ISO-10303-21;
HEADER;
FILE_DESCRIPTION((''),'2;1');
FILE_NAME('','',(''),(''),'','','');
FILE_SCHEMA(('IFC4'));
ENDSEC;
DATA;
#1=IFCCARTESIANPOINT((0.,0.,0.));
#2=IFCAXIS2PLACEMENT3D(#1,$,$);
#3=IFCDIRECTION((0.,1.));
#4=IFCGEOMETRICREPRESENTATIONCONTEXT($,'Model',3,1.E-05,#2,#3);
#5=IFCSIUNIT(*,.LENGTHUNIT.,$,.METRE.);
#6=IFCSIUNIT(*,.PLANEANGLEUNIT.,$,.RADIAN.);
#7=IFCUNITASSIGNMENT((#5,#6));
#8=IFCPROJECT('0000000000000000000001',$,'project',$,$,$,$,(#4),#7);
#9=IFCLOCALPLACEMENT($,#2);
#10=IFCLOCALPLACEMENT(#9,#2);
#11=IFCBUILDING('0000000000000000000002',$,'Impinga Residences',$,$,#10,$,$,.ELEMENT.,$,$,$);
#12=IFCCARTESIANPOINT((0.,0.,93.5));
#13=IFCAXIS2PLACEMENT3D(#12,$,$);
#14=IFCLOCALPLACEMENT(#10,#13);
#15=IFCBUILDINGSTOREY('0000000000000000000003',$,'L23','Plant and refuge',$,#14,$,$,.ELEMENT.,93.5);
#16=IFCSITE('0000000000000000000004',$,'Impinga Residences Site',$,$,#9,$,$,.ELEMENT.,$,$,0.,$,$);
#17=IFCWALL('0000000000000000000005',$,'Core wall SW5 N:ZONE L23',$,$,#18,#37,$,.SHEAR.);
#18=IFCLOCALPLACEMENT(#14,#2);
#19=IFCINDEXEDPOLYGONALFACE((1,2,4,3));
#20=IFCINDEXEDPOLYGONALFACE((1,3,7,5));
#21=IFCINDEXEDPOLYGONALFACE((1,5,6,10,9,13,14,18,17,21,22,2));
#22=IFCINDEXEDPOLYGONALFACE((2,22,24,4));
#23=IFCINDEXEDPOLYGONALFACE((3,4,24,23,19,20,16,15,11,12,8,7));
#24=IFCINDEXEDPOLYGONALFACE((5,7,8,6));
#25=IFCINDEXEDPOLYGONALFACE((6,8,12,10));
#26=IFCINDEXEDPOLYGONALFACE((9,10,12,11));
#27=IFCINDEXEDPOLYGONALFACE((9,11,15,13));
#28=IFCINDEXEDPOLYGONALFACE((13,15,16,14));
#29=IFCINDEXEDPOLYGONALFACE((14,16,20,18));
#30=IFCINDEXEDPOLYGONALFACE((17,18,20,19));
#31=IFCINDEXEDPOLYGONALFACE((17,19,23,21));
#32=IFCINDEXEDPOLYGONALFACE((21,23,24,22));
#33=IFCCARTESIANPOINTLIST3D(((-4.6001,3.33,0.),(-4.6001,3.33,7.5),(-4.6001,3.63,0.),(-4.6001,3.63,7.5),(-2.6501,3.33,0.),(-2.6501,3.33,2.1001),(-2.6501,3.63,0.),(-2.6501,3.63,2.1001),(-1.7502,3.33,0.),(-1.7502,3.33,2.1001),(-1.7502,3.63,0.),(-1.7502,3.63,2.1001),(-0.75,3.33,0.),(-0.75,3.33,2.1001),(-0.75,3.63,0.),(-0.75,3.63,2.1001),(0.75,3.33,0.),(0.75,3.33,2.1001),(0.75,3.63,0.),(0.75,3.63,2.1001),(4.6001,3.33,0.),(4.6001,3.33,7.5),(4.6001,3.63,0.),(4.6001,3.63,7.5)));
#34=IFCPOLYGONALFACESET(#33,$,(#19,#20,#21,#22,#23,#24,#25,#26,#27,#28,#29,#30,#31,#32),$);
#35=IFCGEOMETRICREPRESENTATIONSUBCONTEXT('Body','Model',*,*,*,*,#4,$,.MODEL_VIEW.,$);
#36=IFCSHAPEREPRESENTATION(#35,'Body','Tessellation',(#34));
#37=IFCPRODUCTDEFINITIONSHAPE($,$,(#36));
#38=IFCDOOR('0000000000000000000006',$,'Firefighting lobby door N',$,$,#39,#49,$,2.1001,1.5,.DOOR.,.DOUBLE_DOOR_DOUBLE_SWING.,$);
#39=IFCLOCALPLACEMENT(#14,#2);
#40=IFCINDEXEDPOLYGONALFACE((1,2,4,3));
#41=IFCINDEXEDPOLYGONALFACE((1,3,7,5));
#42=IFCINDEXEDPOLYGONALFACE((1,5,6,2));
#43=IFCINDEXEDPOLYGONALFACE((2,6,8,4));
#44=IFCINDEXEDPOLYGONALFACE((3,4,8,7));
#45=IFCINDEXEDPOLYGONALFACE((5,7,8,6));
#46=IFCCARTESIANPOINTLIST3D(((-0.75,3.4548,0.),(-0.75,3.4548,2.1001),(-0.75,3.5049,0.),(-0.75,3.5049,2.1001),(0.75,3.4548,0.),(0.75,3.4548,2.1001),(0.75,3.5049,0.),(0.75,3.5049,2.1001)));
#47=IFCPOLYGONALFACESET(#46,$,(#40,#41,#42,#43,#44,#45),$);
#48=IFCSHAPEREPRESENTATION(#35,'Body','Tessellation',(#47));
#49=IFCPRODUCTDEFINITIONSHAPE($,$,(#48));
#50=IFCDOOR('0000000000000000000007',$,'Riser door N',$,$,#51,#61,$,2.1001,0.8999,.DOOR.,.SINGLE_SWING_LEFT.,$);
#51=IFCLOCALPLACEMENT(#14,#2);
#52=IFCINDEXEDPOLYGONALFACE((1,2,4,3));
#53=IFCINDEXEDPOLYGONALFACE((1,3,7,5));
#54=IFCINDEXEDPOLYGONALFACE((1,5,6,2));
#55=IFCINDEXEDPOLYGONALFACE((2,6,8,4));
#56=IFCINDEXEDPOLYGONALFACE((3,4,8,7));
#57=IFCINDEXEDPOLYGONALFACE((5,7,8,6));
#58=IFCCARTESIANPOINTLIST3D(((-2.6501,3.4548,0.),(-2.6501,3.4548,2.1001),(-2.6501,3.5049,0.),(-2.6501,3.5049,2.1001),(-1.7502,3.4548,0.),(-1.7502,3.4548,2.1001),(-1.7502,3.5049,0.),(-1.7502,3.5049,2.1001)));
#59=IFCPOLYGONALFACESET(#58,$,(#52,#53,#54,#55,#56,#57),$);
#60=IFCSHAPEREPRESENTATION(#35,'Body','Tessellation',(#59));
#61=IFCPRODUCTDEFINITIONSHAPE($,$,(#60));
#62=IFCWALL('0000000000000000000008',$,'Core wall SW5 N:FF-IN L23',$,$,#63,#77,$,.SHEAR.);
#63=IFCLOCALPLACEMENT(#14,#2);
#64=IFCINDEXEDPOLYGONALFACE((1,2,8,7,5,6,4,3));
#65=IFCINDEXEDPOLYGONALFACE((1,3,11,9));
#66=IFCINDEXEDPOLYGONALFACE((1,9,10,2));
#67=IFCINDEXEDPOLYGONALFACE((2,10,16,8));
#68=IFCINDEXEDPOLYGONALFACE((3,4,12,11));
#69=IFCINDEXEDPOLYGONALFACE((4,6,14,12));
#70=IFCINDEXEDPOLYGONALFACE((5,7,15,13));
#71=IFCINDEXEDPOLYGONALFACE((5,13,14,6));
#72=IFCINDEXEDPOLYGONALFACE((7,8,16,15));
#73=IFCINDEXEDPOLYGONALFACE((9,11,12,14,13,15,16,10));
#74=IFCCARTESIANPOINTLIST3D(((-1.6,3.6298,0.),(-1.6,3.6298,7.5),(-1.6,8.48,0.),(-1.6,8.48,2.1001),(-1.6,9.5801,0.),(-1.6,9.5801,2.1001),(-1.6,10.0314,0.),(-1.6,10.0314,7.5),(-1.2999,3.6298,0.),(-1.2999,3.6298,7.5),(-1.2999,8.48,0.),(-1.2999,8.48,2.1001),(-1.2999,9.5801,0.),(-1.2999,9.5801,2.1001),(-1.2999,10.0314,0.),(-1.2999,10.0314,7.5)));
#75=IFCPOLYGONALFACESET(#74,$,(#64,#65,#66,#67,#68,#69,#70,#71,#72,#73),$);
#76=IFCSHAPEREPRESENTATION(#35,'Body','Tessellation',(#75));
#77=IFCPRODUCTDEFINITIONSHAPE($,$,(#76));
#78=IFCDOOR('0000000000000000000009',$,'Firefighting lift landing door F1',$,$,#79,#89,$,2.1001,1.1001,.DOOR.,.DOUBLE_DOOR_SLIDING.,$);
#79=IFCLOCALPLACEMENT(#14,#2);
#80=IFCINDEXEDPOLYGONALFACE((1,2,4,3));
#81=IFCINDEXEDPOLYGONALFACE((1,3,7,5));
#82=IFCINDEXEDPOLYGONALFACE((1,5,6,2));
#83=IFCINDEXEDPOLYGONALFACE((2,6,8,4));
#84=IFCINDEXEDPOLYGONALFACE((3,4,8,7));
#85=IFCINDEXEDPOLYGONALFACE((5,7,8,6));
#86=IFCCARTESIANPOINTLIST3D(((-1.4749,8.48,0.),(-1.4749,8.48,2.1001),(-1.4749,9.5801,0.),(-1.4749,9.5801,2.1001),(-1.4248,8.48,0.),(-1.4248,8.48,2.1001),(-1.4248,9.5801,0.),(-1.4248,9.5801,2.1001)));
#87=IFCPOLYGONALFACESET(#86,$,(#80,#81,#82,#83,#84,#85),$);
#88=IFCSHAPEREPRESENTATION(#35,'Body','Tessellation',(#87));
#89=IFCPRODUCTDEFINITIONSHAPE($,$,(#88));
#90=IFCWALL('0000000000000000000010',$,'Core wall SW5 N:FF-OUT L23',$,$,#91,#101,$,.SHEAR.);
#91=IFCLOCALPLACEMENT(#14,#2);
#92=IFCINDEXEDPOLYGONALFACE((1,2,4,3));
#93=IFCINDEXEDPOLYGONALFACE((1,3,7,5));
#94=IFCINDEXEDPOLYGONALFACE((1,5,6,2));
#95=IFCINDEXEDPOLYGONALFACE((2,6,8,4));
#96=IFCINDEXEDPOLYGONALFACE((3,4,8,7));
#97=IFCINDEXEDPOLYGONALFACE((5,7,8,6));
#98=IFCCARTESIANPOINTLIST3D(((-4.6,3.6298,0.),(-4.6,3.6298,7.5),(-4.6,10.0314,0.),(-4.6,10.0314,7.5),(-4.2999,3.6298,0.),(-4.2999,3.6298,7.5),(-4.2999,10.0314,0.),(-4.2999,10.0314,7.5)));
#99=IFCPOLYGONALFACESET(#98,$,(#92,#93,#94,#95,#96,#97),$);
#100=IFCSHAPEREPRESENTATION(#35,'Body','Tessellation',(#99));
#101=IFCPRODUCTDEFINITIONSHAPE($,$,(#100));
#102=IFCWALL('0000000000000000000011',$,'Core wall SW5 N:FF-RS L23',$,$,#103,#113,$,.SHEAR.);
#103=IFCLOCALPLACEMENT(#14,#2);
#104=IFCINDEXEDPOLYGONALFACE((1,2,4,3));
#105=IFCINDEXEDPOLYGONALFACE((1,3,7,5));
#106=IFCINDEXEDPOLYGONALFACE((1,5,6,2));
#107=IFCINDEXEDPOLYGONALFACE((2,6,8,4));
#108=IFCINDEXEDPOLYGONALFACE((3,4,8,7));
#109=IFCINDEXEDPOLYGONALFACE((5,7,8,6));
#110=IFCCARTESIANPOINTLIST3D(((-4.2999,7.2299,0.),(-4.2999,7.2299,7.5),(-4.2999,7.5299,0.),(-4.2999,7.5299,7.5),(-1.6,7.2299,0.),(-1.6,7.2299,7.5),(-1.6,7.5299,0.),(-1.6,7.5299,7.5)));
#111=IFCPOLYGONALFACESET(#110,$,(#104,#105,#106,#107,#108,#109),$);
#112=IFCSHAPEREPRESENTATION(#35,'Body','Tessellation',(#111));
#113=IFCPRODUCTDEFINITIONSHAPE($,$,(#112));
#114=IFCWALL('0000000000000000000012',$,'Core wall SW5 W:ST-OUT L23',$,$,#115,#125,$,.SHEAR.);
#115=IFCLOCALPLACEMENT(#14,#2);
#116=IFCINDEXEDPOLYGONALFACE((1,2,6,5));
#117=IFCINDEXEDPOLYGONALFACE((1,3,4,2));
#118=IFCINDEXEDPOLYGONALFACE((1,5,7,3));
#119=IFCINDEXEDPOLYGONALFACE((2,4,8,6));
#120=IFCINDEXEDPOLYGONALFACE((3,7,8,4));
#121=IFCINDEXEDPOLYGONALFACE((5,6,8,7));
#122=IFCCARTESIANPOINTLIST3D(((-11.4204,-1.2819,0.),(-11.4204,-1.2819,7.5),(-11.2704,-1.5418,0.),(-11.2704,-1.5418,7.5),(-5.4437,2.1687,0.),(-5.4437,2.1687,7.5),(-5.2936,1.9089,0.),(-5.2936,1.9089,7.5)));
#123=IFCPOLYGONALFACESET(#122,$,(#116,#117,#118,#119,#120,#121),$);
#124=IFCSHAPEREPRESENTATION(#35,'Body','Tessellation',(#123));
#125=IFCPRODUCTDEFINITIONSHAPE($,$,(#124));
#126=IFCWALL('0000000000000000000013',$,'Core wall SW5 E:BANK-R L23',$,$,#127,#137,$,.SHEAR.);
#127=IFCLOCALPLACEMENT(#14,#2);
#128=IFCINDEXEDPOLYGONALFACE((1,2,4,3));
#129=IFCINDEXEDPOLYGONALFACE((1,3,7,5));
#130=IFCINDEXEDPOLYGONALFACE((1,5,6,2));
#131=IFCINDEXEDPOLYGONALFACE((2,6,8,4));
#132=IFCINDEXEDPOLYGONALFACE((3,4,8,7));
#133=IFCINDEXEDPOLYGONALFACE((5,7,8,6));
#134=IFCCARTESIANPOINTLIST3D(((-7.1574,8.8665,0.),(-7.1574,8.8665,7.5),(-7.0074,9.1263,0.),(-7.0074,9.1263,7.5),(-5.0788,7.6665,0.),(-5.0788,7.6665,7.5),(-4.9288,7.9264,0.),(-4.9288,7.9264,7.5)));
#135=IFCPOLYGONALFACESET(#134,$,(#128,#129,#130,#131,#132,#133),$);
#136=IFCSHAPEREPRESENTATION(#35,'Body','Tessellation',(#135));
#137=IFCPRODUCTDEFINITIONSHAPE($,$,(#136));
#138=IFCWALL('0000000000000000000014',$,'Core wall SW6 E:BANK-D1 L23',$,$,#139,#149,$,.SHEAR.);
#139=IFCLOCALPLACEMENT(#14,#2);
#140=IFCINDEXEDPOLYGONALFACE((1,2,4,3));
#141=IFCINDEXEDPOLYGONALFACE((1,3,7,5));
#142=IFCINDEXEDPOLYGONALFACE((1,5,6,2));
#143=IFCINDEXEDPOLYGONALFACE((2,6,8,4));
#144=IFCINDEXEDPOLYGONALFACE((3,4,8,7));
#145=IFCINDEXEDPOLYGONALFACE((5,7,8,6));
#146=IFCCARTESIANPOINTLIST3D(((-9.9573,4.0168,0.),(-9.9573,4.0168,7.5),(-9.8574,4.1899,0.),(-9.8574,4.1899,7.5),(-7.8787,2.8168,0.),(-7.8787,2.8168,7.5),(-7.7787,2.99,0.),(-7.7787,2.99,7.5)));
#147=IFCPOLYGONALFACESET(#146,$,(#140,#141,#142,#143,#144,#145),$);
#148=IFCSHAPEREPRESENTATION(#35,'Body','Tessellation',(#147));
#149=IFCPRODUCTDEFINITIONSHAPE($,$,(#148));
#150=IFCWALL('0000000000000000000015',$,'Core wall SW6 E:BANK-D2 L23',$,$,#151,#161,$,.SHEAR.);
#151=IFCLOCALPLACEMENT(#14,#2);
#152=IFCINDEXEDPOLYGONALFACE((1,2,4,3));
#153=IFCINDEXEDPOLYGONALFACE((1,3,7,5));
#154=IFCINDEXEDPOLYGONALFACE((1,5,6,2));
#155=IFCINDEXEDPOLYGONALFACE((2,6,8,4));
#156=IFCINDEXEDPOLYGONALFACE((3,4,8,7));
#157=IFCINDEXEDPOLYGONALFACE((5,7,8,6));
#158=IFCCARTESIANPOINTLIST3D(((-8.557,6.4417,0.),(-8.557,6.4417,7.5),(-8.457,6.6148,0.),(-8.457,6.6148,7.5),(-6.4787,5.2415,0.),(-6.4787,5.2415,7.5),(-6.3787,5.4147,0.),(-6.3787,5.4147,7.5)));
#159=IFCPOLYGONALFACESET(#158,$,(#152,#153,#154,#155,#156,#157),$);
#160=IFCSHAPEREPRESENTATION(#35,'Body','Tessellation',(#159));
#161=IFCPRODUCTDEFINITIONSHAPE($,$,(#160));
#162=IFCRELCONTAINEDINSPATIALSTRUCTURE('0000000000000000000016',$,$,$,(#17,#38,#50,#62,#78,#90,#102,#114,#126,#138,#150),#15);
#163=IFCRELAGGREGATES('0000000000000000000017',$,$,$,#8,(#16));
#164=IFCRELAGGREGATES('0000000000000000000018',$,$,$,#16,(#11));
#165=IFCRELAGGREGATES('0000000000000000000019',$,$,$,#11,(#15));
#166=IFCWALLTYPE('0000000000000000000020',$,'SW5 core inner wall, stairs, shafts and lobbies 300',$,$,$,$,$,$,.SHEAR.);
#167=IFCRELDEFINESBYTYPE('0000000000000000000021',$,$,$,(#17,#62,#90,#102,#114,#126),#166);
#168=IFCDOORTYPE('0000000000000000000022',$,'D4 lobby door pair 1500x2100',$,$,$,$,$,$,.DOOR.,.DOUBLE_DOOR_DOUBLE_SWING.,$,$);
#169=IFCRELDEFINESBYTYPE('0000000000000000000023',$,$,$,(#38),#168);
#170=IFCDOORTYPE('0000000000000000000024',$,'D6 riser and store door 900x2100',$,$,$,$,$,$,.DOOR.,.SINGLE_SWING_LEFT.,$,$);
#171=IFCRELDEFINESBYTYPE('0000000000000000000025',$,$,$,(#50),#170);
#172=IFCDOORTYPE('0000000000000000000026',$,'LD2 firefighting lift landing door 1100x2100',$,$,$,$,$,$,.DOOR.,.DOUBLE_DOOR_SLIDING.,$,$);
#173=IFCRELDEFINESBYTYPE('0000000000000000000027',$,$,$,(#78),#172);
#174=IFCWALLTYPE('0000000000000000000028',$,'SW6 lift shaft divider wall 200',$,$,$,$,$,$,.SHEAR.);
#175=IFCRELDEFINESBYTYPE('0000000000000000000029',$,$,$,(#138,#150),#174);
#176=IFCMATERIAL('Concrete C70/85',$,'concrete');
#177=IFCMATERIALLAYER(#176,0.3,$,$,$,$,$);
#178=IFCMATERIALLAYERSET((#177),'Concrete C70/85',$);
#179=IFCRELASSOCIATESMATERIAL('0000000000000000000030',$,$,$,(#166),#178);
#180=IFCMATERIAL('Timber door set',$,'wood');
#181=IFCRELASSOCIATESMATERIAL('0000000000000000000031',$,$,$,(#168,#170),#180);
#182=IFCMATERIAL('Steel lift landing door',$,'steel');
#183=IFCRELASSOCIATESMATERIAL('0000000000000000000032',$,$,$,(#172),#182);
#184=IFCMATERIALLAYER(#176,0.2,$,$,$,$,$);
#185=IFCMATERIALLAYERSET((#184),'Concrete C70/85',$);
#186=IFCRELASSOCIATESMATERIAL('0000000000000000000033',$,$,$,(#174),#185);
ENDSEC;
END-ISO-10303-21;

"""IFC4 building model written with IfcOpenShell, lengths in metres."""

from ifc_helpers import new_model, si_unit, direction, frame, frame_2d, origin, place, context, subcontext, project, spatial, rectangle, extrude, material, layer, layer_set, type_object, element, fill, save


model = new_model("IFC4")

# Units and contexts
model_context = context("Model", 3, precision=1e-05, world=origin(), true_north=direction((0.0, 1.0)))
body_context = subcontext(model_context, "Body", "Model", "MODEL_VIEW")
ifc_project = project(units=[si_unit("LENGTHUNIT", "METRE"), si_unit("PLANEANGLEUNIT", "RADIAN")], contexts=[model_context])

# Site, building, storey
site_placement = place(None, origin())
site = spatial("IfcSite", under=ifc_project, at=site_placement, Name="Impinga Residences Site", CompositionType="ELEMENT", RefElevation=0.0)
building_placement = place(site_placement, origin())
building = spatial("IfcBuilding", under=site, at=building_placement, Name="Impinga Residences", CompositionType="ELEMENT")
storey_placement = place(building_placement, frame((0.0, 0.0, 93.5)))
storey = spatial("IfcBuildingStorey", under=building, at=storey_placement, Name="L23", Description="Plant and refuge", CompositionType="ELEMENT", Elevation=93.5)

# Shared definitions
ifc_material_1 = material(Name="Timber door set", Category="wood")

# Wall, openings, doors
ifc_material_2 = material(Name="Concrete C70/85", Category="concrete")
ifc_layer_1 = layer(ifc_material_2, 0.3)
ifc_layer_set_1 = layer_set([ifc_layer_1], Name="Concrete C70/85")
wall_type_1 = type_object("IfcWallType", Name="SW5 core inner wall, stairs, shafts and lobbies 300", PredefinedType="SHEAR", material=ifc_layer_set_1)
wall_1_placement = place(storey_placement, frame((-4.6001, 3.48, 0.0), z_axis=(0.0, 0.0, 1.0), x_axis=(1.0, 0.0, 0.0)))
wall_1 = element("IfcWall", 1, at=wall_1_placement, inside=storey, type_object=wall_type_1, Name="Core wall SW5 N:ZONE L23", PredefinedType="SHEAR", context=body_context, shape_type="SweptSolid", body=[
    extrude(rectangle(XDim=9.2002, YDim=0.3, at=frame_2d((4.6001, 0.0))), origin(), (0.0, 0.0, 1.0), 7.5),
])
opening_1_placement = place(wall_1_placement, frame((3.8501, 0.0, 0.0)))
opening_1 = element("IfcOpeningElement", 2, at=opening_1_placement, cuts=wall_1, PredefinedType="OPENING", context=body_context, shape_type="SweptSolid", body=[
    extrude(rectangle(XDim=1.5, YDim=2.1001, at=frame_2d((0.75, 1.05))), frame((0.0, 0.1599, 0.0), z_axis=(0.0, -1.0, 0.0), x_axis=(1.0, 0.0, 0.0)), (0.0, 0.0, 1.0), 0.3201),
])
opening_2_placement = place(wall_1_placement, frame((1.95, 0.0, 0.0)))
opening_2 = element("IfcOpeningElement", 3, at=opening_2_placement, cuts=wall_1, PredefinedType="OPENING", context=body_context, shape_type="SweptSolid", body=[
    extrude(rectangle(XDim=0.8999, YDim=2.1001, at=frame_2d((0.45, 1.05))), frame((0.0, 0.1599, 0.0), z_axis=(0.0, -1.0, 0.0), x_axis=(1.0, 0.0, 0.0)), (0.0, 0.0, 1.0), 0.3201),
])
door_type_1 = type_object("IfcDoorType", Name="D4 lobby door pair 1500x2100", OperationType="DOUBLE_DOOR_DOUBLE_SWING", PredefinedType="DOOR", material=ifc_material_1)
door_1_placement = place(opening_1_placement, origin())
door_1 = element("IfcDoor", 4, at=door_1_placement, inside=storey, type_object=door_type_1, Name="Firefighting lobby door N", OperationType="DOUBLE_DOOR_DOUBLE_SWING", OverallHeight=2.1001, OverallWidth=1.5, PredefinedType="DOOR", context=body_context, shape_type="SweptSolid", body=[
    extrude(rectangle(XDim=1.5, YDim=2.1001, at=frame_2d((0.75, 1.05))), frame((0.0, 0.0249, 0.0), z_axis=(0.0, -1.0, 0.0), x_axis=(1.0, 0.0, 0.0)), (0.0, 0.0, 1.0), 0.05),
])
fill(opening_1, door_1)
door_type_2 = type_object("IfcDoorType", Name="D6 riser and store door 900x2100", OperationType="SINGLE_SWING_LEFT", PredefinedType="DOOR", material=ifc_material_1)
door_2_placement = place(opening_2_placement, origin())
door_2 = element("IfcDoor", 5, at=door_2_placement, inside=storey, type_object=door_type_2, Name="Riser door N", OperationType="SINGLE_SWING_LEFT", OverallHeight=2.1001, OverallWidth=0.8999, PredefinedType="DOOR", context=body_context, shape_type="SweptSolid", body=[
    extrude(rectangle(XDim=0.8999, YDim=2.1001, at=frame_2d((0.45, 1.05))), frame((0.0, 0.0249, 0.0), z_axis=(0.0, -1.0, 0.0), x_axis=(1.0, 0.0, 0.0)), (0.0, 0.0, 1.0), 0.05),
])
fill(opening_2, door_2)

# Wall, opening, door
wall_2_placement = place(storey_placement, frame((-1.45, 3.6299, 0.0), z_axis=(0.0, 0.0, 1.0), x_axis=(0.0, 1.0, 0.0)))
wall_2 = element("IfcWall", 6, at=wall_2_placement, inside=storey, type_object=wall_type_1, Name="Core wall SW5 N:FF-IN L23", PredefinedType="SHEAR", context=body_context, shape_type="SweptSolid", body=[
    extrude(rectangle(XDim=6.4016, YDim=0.3, at=frame_2d((3.2007, 0.0))), origin(), (0.0, 0.0, 1.0), 7.5),
])
opening_3_placement = place(wall_2_placement, frame((4.8501, 0.0, 0.0)))
opening_3 = element("IfcOpeningElement", 7, at=opening_3_placement, cuts=wall_2, PredefinedType="OPENING", context=body_context, shape_type="SweptSolid", body=[
    extrude(rectangle(XDim=1.1001, YDim=2.1001, at=frame_2d((0.55, 1.05))), frame((0.0, 0.1599, 0.0), z_axis=(0.0, -1.0, 0.0), x_axis=(1.0, 0.0, 0.0)), (0.0, 0.0, 1.0), 0.3201),
])
ifc_material_3 = material(Name="Steel lift landing door", Category="steel")
door_type_3 = type_object("IfcDoorType", Name="LD2 firefighting lift landing door 1100x2100", OperationType="DOUBLE_DOOR_SLIDING", PredefinedType="DOOR", material=ifc_material_3)
door_3_placement = place(opening_3_placement, origin())
door_3 = element("IfcDoor", 8, at=door_3_placement, inside=storey, type_object=door_type_3, Name="Firefighting lift landing door F1", OperationType="DOUBLE_DOOR_SLIDING", OverallHeight=2.1001, OverallWidth=1.1001, PredefinedType="DOOR", context=body_context, shape_type="SweptSolid", body=[
    extrude(rectangle(XDim=1.1001, YDim=2.1001, at=frame_2d((0.55, 1.05))), frame((0.0, 0.0249, 0.0), z_axis=(0.0, -1.0, 0.0), x_axis=(1.0, 0.0, 0.0)), (0.0, 0.0, 1.0), 0.05),
])
fill(opening_3, door_3)

# Walls
wall_3_placement = place(storey_placement, frame((-4.45, 3.6299, 0.0), z_axis=(0.0, 0.0, 1.0), x_axis=(0.0, 1.0, 0.0)))
element("IfcWall", 9, at=wall_3_placement, inside=storey, type_object=wall_type_1, Name="Core wall SW5 N:FF-OUT L23", PredefinedType="SHEAR", context=body_context, shape_type="SweptSolid", body=[
    extrude(rectangle(XDim=6.4016, YDim=0.3, at=frame_2d((3.2007, 0.0))), origin(), (0.0, 0.0, 1.0), 7.5),
])
wall_4_placement = place(storey_placement, frame((-4.3, 7.3799, 0.0), z_axis=(0.0, 0.0, 1.0), x_axis=(1.0, 0.0, 0.0)))
element("IfcWall", 10, at=wall_4_placement, inside=storey, type_object=wall_type_1, Name="Core wall SW5 N:FF-RS L23", PredefinedType="SHEAR", context=body_context, shape_type="SweptSolid", body=[
    extrude(rectangle(XDim=2.7, YDim=0.3, at=frame_2d((1.3501, 0.0))), origin(), (0.0, 0.0, 1.0), 7.5),
])
wall_5_placement = place(storey_placement, frame((-5.3687, 2.0388, 0.0), z_axis=(0.0, 0.0, 1.0), x_axis=(-0.866027, -0.499997, 0.0)))
element("IfcWall", 11, at=wall_5_placement, inside=storey, type_object=wall_type_1, Name="Core wall SW5 W:ST-OUT L23", PredefinedType="SHEAR", context=body_context, shape_type="SweptSolid", body=[
    extrude(rectangle(XDim=6.9014, YDim=0.3, at=frame_2d((3.4507, 0.0))), origin(), (0.0, 0.0, 1.0), 7.5),
])
wall_6_placement = place(storey_placement, frame((-5.0037, 7.7964, 0.0), z_axis=(0.0, 0.0, 1.0), x_axis=(-0.86605, 0.499957, 0.0)))
element("IfcWall", 12, at=wall_6_placement, inside=storey, type_object=wall_type_1, Name="Core wall SW5 E:BANK-R L23", PredefinedType="SHEAR", context=body_context, shape_type="SweptSolid", body=[
    extrude(rectangle(XDim=2.4001, YDim=0.3, at=frame_2d((1.2002, 0.0))), origin(), (0.0, 0.0, 1.0), 7.5),
])
ifc_layer_2 = layer(ifc_material_2, 0.2)
ifc_layer_set_2 = layer_set([ifc_layer_2], Name="Concrete C70/85")
wall_type_2 = type_object("IfcWallType", Name="SW6 lift shaft divider wall 200", PredefinedType="SHEAR", material=ifc_layer_set_2)
wall_7_placement = place(storey_placement, frame((-7.8286, 2.9033, 0.0), z_axis=(0.0, 0.0, 1.0), x_axis=(-0.86605, 0.499957, 0.0)))
element("IfcWall", 13, at=wall_7_placement, inside=storey, type_object=wall_type_2, Name="Core wall SW6 E:BANK-D1 L23", PredefinedType="SHEAR", context=body_context, shape_type="SweptSolid", body=[
    extrude(rectangle(XDim=2.4001, YDim=0.2, at=frame_2d((1.2002, 0.0))), origin(), (0.0, 0.0, 1.0), 7.5),
])
wall_8_placement = place(storey_placement, frame((-6.4287, 5.3281, 0.0), z_axis=(0.0, 0.0, 1.0), x_axis=(-0.865981, 0.500078, 0.0)))
element("IfcWall", 14, at=wall_8_placement, inside=storey, type_object=wall_type_2, Name="Core wall SW6 E:BANK-D2 L23", PredefinedType="SHEAR", context=body_context, shape_type="SweptSolid", body=[
    extrude(rectangle(XDim=2.3999, YDim=0.2, at=frame_2d((1.2, 0.0))), origin(), (0.0, 0.0, 1.0), 7.5),
])

save(model, "model.ifc")
